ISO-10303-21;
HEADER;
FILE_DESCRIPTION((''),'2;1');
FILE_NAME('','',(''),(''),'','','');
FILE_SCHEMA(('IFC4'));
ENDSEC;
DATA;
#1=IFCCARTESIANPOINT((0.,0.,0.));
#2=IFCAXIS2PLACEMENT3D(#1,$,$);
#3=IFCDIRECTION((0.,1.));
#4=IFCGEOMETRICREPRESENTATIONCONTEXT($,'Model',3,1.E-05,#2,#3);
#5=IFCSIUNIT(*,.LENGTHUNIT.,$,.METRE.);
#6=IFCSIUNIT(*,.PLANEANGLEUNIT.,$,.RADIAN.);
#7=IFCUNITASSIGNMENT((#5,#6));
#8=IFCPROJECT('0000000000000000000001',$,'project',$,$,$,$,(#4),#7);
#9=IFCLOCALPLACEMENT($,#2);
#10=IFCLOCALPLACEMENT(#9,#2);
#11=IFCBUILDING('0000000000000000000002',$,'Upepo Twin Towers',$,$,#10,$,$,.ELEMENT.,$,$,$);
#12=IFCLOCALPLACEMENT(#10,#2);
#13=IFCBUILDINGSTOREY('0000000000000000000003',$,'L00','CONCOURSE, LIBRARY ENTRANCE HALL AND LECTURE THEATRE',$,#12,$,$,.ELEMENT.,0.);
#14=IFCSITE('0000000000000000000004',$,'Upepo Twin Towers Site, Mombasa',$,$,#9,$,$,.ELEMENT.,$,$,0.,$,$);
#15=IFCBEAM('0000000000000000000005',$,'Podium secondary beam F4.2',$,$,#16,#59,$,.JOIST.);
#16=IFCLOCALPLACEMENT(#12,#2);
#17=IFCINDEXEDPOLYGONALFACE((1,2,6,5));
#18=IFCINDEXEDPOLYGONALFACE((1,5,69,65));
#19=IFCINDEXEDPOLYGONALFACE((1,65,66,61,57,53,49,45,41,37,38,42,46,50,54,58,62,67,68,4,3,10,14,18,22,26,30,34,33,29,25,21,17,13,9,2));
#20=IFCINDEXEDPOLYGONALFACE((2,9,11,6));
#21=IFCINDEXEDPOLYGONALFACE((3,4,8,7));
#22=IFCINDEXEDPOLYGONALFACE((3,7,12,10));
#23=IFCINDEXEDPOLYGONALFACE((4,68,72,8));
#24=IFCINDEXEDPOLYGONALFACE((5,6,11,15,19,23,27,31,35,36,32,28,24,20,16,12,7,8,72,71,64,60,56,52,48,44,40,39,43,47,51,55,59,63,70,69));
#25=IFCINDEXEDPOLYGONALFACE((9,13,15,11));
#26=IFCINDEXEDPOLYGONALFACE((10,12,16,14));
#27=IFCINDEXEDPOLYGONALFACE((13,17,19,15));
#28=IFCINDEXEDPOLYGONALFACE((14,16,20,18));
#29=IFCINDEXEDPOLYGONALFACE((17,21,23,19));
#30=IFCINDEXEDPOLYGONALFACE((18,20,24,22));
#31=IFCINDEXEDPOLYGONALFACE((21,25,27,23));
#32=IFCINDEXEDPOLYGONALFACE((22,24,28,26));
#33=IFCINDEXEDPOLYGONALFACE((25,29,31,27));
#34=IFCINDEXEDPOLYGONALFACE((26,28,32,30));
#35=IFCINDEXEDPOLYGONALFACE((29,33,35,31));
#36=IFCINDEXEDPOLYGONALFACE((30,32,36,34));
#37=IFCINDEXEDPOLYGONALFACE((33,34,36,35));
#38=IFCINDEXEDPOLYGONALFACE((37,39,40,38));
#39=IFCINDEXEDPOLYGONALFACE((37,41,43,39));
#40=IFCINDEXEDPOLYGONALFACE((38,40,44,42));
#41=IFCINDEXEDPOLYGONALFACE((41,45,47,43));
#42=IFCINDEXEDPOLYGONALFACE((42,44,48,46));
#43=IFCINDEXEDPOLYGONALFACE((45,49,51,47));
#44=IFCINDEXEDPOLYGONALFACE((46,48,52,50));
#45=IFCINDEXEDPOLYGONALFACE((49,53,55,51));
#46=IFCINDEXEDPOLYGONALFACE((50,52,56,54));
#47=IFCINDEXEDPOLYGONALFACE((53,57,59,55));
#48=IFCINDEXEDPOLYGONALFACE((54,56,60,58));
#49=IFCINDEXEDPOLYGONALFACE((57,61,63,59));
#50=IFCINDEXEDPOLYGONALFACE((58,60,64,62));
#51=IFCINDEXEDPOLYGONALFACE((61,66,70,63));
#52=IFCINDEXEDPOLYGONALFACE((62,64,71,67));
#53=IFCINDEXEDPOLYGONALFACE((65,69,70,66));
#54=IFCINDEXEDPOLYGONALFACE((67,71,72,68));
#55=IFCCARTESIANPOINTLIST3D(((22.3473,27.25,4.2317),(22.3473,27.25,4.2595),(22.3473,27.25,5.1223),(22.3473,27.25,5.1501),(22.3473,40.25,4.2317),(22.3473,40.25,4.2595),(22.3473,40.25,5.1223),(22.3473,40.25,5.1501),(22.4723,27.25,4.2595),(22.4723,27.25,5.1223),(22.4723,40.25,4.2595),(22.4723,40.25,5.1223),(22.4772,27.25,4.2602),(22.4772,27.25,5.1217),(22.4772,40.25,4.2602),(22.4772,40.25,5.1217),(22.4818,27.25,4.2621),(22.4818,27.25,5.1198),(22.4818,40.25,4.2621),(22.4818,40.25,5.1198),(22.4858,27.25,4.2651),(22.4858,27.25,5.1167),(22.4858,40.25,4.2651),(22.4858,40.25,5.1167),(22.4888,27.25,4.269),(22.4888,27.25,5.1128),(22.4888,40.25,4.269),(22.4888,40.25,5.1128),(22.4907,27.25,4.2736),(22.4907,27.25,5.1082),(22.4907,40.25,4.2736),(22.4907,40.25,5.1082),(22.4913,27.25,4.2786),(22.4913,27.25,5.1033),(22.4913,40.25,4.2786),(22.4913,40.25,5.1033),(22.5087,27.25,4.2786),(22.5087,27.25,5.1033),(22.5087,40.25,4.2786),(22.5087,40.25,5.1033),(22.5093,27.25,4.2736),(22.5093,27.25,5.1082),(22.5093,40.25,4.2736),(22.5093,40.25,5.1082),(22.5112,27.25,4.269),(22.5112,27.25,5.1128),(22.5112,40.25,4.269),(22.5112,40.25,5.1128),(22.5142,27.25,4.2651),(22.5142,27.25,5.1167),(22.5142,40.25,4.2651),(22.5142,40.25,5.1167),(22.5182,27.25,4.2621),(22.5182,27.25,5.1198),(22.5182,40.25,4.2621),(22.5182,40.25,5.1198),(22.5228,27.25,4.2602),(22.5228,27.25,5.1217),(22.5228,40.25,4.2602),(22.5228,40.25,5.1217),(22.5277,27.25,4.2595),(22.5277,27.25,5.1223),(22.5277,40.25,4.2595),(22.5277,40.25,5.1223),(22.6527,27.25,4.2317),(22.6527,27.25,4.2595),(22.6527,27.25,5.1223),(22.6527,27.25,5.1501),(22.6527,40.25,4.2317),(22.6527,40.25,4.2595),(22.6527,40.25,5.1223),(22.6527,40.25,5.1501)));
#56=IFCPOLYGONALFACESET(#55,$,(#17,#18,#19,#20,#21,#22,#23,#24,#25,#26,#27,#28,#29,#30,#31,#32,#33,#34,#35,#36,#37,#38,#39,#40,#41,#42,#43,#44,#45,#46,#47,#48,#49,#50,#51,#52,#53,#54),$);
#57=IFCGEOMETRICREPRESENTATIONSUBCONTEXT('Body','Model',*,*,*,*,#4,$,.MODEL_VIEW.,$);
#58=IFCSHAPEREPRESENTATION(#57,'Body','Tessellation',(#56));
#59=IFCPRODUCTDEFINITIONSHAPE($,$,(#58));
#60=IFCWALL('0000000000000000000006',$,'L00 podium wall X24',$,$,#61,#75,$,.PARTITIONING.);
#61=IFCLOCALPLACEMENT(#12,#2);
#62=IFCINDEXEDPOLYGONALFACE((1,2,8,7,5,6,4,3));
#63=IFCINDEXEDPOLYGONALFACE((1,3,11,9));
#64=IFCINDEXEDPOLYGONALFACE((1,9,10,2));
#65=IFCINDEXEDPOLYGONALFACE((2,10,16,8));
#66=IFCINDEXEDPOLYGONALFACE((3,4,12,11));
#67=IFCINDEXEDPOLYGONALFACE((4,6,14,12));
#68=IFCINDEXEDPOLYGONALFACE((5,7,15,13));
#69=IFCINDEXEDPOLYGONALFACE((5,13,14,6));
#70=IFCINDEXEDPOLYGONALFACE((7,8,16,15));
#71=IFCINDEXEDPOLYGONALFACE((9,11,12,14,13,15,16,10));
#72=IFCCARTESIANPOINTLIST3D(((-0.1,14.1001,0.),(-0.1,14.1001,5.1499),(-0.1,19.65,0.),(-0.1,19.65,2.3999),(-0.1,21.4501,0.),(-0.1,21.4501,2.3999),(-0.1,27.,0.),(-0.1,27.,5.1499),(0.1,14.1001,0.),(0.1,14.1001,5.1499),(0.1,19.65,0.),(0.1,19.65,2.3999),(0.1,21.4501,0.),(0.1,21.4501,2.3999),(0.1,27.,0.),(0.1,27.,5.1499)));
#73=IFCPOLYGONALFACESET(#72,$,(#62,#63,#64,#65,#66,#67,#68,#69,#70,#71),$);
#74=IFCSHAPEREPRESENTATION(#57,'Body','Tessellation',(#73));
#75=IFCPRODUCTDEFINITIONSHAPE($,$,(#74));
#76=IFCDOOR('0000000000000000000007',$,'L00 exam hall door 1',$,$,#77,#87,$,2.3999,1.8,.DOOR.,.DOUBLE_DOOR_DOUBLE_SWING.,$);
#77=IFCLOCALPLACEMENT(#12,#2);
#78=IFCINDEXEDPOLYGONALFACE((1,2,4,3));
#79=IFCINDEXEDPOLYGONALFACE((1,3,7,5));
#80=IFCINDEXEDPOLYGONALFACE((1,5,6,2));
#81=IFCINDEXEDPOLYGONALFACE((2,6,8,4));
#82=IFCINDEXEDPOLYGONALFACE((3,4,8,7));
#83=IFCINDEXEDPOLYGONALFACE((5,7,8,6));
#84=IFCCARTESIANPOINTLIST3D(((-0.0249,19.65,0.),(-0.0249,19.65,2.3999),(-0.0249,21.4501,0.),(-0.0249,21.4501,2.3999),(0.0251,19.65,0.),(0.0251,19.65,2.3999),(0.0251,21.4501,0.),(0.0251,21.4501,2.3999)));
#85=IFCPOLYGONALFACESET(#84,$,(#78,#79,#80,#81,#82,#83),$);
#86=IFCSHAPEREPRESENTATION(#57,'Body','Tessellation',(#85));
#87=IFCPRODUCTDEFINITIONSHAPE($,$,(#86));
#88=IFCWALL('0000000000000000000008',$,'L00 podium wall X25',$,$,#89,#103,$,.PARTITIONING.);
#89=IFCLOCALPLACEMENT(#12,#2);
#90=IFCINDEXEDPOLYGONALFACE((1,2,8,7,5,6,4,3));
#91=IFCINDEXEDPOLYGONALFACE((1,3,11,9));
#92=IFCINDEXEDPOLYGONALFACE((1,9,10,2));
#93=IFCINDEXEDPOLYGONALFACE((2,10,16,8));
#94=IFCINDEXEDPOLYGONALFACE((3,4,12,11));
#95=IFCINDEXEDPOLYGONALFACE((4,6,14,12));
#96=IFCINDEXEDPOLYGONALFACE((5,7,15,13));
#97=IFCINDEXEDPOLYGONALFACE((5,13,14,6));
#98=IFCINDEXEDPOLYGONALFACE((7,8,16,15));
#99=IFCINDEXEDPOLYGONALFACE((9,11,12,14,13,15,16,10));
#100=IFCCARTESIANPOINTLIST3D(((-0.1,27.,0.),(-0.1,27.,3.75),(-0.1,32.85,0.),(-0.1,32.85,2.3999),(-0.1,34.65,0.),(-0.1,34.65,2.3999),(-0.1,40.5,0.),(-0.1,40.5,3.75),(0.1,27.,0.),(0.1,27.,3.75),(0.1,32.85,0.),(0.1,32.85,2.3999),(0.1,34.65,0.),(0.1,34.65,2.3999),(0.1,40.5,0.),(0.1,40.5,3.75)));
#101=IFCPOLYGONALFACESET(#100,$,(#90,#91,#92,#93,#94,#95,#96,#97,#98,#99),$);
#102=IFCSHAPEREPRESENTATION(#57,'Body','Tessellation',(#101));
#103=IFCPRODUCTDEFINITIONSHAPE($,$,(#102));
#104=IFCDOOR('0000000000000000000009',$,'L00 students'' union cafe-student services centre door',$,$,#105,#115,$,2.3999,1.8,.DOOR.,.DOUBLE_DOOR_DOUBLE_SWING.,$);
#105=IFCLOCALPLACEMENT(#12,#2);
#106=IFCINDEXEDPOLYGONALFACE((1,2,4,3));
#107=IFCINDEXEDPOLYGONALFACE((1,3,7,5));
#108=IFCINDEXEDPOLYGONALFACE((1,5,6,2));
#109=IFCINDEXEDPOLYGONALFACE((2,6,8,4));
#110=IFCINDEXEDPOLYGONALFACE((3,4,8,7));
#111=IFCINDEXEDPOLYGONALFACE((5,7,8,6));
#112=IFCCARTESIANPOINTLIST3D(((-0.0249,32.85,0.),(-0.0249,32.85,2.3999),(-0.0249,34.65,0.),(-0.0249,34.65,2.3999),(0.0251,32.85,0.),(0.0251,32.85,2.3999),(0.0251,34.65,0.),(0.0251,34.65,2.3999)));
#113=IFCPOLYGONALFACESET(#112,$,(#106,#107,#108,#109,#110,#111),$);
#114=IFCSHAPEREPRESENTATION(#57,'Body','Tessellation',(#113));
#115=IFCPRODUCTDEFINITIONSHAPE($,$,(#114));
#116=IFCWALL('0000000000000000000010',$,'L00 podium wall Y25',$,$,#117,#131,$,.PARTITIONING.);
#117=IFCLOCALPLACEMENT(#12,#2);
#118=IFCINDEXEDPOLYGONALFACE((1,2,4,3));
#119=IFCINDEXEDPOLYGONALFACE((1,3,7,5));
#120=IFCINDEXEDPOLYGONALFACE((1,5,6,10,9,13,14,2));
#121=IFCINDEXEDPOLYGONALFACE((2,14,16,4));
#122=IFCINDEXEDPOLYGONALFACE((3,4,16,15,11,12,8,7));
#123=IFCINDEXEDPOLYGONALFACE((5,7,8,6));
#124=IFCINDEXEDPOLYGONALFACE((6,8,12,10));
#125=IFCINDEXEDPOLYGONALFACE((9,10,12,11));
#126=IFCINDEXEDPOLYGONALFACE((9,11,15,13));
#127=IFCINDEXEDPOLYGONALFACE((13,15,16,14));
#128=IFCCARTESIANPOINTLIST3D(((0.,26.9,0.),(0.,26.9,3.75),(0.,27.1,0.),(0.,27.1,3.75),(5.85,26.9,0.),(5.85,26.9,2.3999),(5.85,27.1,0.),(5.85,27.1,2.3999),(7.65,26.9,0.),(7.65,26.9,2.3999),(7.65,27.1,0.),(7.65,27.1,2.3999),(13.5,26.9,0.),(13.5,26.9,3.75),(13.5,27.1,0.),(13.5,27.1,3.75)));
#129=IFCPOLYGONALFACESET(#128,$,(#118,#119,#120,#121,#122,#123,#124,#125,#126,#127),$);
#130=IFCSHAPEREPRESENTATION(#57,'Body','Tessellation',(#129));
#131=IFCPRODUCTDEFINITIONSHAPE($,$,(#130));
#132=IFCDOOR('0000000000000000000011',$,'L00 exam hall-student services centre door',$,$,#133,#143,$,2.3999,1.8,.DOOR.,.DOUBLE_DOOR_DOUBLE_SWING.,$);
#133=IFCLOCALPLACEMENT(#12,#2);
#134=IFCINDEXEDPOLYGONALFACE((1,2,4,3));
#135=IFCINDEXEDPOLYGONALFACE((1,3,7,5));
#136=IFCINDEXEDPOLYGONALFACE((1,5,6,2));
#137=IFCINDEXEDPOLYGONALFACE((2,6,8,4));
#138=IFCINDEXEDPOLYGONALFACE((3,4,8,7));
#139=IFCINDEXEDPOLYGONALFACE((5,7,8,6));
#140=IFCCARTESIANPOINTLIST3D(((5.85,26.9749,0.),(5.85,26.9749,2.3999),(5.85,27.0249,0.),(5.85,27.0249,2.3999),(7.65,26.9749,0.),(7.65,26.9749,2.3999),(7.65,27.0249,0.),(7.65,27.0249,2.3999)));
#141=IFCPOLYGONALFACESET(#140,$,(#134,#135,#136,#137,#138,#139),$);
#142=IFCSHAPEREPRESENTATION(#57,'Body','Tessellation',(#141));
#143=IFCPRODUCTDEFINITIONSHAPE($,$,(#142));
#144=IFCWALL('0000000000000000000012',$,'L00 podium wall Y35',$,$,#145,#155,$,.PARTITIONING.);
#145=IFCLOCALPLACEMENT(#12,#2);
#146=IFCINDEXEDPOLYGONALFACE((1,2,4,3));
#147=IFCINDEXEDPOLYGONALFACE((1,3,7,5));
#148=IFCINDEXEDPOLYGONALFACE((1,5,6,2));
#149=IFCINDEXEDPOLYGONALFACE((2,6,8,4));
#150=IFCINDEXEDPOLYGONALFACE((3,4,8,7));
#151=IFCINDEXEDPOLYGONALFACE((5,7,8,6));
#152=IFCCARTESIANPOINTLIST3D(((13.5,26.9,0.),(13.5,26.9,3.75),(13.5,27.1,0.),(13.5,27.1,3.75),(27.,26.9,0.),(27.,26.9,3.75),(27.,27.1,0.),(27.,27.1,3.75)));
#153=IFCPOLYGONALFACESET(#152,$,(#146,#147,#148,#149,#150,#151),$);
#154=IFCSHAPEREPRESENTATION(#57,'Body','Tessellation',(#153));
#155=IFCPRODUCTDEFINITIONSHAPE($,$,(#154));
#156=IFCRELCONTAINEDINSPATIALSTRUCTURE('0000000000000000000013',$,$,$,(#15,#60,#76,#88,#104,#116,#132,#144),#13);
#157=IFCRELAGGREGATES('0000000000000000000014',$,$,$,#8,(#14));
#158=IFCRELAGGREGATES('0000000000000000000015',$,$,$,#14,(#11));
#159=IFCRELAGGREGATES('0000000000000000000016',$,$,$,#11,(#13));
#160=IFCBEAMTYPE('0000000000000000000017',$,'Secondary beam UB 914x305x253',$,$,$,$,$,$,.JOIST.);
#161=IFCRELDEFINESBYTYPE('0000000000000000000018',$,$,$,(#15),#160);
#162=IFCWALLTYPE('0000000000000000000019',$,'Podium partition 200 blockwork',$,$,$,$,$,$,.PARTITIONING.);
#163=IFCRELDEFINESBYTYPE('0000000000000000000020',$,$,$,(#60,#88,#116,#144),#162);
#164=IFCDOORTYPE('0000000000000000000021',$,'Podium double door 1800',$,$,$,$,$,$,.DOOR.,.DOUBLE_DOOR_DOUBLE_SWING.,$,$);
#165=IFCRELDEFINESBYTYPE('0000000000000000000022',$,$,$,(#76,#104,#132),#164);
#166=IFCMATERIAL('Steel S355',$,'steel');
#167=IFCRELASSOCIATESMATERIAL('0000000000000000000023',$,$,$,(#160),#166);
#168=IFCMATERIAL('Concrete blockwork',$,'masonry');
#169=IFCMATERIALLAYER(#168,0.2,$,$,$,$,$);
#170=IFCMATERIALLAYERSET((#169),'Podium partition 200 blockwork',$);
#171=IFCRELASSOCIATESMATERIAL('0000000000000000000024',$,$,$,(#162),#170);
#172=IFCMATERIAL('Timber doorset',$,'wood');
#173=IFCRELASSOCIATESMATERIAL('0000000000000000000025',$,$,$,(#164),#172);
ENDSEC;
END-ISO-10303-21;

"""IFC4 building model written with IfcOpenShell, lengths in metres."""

from ifc_helpers import new_model, si_unit, direction, frame, frame_2d, origin, origin_2d, place, context, subcontext, project, spatial, rectangle, i_section, extrude, material, layer, layer_set, material_profile, profile_set, type_object, element, fill, save


model = new_model("IFC4")

# Units and contexts
model_context = context("Model", 3, precision=1e-05, world=origin(), true_north=direction((0.0, 1.0)))
body_context = subcontext(model_context, "Body", "Model", "MODEL_VIEW")
ifc_project = project(units=[si_unit("LENGTHUNIT", "METRE"), si_unit("PLANEANGLEUNIT", "RADIAN")], contexts=[model_context])

# Site, building, storey
site_placement = place(None, origin())
site = spatial("IfcSite", under=ifc_project, at=site_placement, Name="Upepo Twin Towers Site, Mombasa", CompositionType="ELEMENT", RefElevation=0.0)
building_placement = place(site_placement, origin())
building = spatial("IfcBuilding", under=site, at=building_placement, Name="Upepo Twin Towers", CompositionType="ELEMENT")
storey_placement = place(building_placement, origin())
storey = spatial("IfcBuildingStorey", under=building, at=storey_placement, Name="L00", Description="CONCOURSE, LIBRARY ENTRANCE HALL AND LECTURE THEATRE", CompositionType="ELEMENT", Elevation=0.0)

# Beam
ifc_material_1 = material(Name="Steel S355", Category="steel")
ifc_material_profile_1 = material_profile(ifc_material_1, i_section(OverallWidth=0.3054, OverallDepth=0.9185, WebThickness=0.0173, FlangeThickness=0.0278, FilletRadius=0.019, at=origin_2d()), Name="UB 914x305x253")
ifc_profile_set_1 = profile_set([ifc_material_profile_1], Name="Steel S355")
beam_type_1 = type_object("IfcBeamType", Name="Secondary beam UB 914x305x253", PredefinedType="JOIST", material=ifc_profile_set_1)
for number, where, z_axis, x_axis, name in (
    (1, (22.5, 27.25, 4.6909), (0.0, 1.0, 0.0), (-1.0, 0.0, 0.0), "Podium secondary beam F4.2"),
):
    element("IfcBeam", number, at=place(storey_placement, frame(where, z_axis=z_axis, x_axis=x_axis)), inside=storey, type_object=beam_type_1, Name=name, PredefinedType="JOIST", context=body_context, shape_type="SweptSolid", body=[
        extrude(i_section(OverallWidth=0.3054, OverallDepth=0.9185, WebThickness=0.0173, FlangeThickness=0.0278, FilletRadius=0.019, at=origin_2d()), origin(), (0.0, 0.0, 1.0), 13.0),
    ])

# Walls, openings, doors
ifc_material_2 = material(Name="Concrete blockwork", Category="masonry")
ifc_layer = layer(ifc_material_2, 0.2)
ifc_layer_set = layer_set([ifc_layer], Name="Podium partition 200 blockwork")
wall_type = type_object("IfcWallType", Name="Podium partition 200 blockwork", PredefinedType="PARTITIONING", material=ifc_layer_set)
wall_1_placement = place(storey_placement, frame((0.0, 14.1001, 0.0), z_axis=(0.0, 0.0, 1.0), x_axis=(0.0, 1.0, 0.0)))
wall_1 = element("IfcWall", 2, at=wall_1_placement, inside=storey, type_object=wall_type, Name="L00 podium wall X24", PredefinedType="PARTITIONING", context=body_context, shape_type="SweptSolid", body=[
    extrude(rectangle(XDim=12.8999, YDim=0.2, at=frame_2d((6.45, 0.0))), origin(), (0.0, 0.0, 1.0), 5.1499),
])
opening_1_placement = place(wall_1_placement, frame((5.55, 0.0, 0.0)))
opening_1 = element("IfcOpeningElement", 3, at=opening_1_placement, cuts=wall_1, PredefinedType="OPENING", context=body_context, shape_type="SweptSolid", body=[
    extrude(rectangle(XDim=1.8, YDim=2.3999, at=frame_2d((0.8999, 1.2))), frame((0.0, 0.1099, 0.0), z_axis=(0.0, -1.0, 0.0), x_axis=(1.0, 0.0, 0.0)), (0.0, 0.0, 1.0), 0.22),
])
ifc_material_3 = material(Name="Timber doorset", Category="wood")
door_type = type_object("IfcDoorType", Name="Podium double door 1800", OperationType="DOUBLE_DOOR_DOUBLE_SWING", PredefinedType="DOOR", material=ifc_material_3)
door_1_placement = place(opening_1_placement, origin())
door_1 = element("IfcDoor", 4, at=door_1_placement, inside=storey, type_object=door_type, Name="L00 exam hall door 1", OperationType="DOUBLE_DOOR_DOUBLE_SWING", OverallHeight=2.3999, OverallWidth=1.8, PredefinedType="DOOR", context=body_context, shape_type="SweptSolid", body=[
    extrude(rectangle(XDim=1.8, YDim=2.3999, at=frame_2d((0.8999, 1.2))), frame((0.0, 0.0249, 0.0), z_axis=(0.0, -1.0, 0.0), x_axis=(1.0, 0.0, 0.0)), (0.0, 0.0, 1.0), 0.05),
])
fill(opening_1, door_1)
wall_2_placement = place(storey_placement, frame((0.0, 27.0, 0.0), z_axis=(0.0, 0.0, 1.0), x_axis=(0.0, 1.0, 0.0)))
wall_2 = element("IfcWall", 5, at=wall_2_placement, inside=storey, type_object=wall_type, Name="L00 podium wall X25", PredefinedType="PARTITIONING", context=body_context, shape_type="SweptSolid", body=[
    extrude(rectangle(XDim=13.5, YDim=0.2, at=frame_2d((6.75, 0.0))), origin(), (0.0, 0.0, 1.0), 3.75),
])
opening_2_placement = place(wall_2_placement, frame((5.8501, 0.0, 0.0)))
opening_2 = element("IfcOpeningElement", 6, at=opening_2_placement, cuts=wall_2, PredefinedType="OPENING", context=body_context, shape_type="SweptSolid", body=[
    extrude(rectangle(XDim=1.8, YDim=2.3999, at=frame_2d((0.8999, 1.2))), frame((0.0, 0.1099, 0.0), z_axis=(0.0, -1.0, 0.0), x_axis=(1.0, 0.0, 0.0)), (0.0, 0.0, 1.0), 0.22),
])
door_2_placement = place(opening_2_placement, origin())
door_2 = element("IfcDoor", 7, at=door_2_placement, inside=storey, type_object=door_type, Name="L00 students' union cafe-student services centre door", OperationType="DOUBLE_DOOR_DOUBLE_SWING", OverallHeight=2.3999, OverallWidth=1.8, PredefinedType="DOOR", context=body_context, shape_type="SweptSolid", body=[
    extrude(rectangle(XDim=1.8, YDim=2.3999, at=frame_2d((0.8999, 1.2))), frame((0.0, 0.0249, 0.0), z_axis=(0.0, -1.0, 0.0), x_axis=(1.0, 0.0, 0.0)), (0.0, 0.0, 1.0), 0.05),
])
fill(opening_2, door_2)
wall_3_placement = place(storey_placement, frame((0.0, 27.0, 0.0), z_axis=(0.0, 0.0, 1.0), x_axis=(1.0, 0.0, 0.0)))
wall_3 = element("IfcWall", 8, at=wall_3_placement, inside=storey, type_object=wall_type, Name="L00 podium wall Y25", PredefinedType="PARTITIONING", context=body_context, shape_type="SweptSolid", body=[
    extrude(rectangle(XDim=13.5, YDim=0.2, at=frame_2d((6.75, 0.0))), origin(), (0.0, 0.0, 1.0), 3.75),
])
opening_3_placement = place(wall_3_placement, frame((5.8501, 0.0, 0.0)))
opening_3 = element("IfcOpeningElement", 9, at=opening_3_placement, cuts=wall_3, PredefinedType="OPENING", context=body_context, shape_type="SweptSolid", body=[
    extrude(rectangle(XDim=1.8, YDim=2.3999, at=frame_2d((0.8999, 1.2))), frame((0.0, 0.1099, 0.0), z_axis=(0.0, -1.0, 0.0), x_axis=(1.0, 0.0, 0.0)), (0.0, 0.0, 1.0), 0.22),
])
door_3_placement = place(opening_3_placement, origin())
door_3 = element("IfcDoor", 10, at=door_3_placement, inside=storey, type_object=door_type, Name="L00 exam hall-student services centre door", OperationType="DOUBLE_DOOR_DOUBLE_SWING", OverallHeight=2.3999, OverallWidth=1.8, PredefinedType="DOOR", context=body_context, shape_type="SweptSolid", body=[
    extrude(rectangle(XDim=1.8, YDim=2.3999, at=frame_2d((0.8999, 1.2))), frame((0.0, 0.0249, 0.0), z_axis=(0.0, -1.0, 0.0), x_axis=(1.0, 0.0, 0.0)), (0.0, 0.0, 1.0), 0.05),
])
fill(opening_3, door_3)

# Wall
wall_4_placement = place(storey_placement, frame((13.5, 27.0, 0.0), z_axis=(0.0, 0.0, 1.0), x_axis=(1.0, 0.0, 0.0)))
element("IfcWall", 11, at=wall_4_placement, inside=storey, type_object=wall_type, Name="L00 podium wall Y35", PredefinedType="PARTITIONING", context=body_context, shape_type="SweptSolid", body=[
    extrude(rectangle(XDim=13.5, YDim=0.2, at=frame_2d((6.75, 0.0))), origin(), (0.0, 0.0, 1.0), 3.75),
])

save(model, "model.ifc")
